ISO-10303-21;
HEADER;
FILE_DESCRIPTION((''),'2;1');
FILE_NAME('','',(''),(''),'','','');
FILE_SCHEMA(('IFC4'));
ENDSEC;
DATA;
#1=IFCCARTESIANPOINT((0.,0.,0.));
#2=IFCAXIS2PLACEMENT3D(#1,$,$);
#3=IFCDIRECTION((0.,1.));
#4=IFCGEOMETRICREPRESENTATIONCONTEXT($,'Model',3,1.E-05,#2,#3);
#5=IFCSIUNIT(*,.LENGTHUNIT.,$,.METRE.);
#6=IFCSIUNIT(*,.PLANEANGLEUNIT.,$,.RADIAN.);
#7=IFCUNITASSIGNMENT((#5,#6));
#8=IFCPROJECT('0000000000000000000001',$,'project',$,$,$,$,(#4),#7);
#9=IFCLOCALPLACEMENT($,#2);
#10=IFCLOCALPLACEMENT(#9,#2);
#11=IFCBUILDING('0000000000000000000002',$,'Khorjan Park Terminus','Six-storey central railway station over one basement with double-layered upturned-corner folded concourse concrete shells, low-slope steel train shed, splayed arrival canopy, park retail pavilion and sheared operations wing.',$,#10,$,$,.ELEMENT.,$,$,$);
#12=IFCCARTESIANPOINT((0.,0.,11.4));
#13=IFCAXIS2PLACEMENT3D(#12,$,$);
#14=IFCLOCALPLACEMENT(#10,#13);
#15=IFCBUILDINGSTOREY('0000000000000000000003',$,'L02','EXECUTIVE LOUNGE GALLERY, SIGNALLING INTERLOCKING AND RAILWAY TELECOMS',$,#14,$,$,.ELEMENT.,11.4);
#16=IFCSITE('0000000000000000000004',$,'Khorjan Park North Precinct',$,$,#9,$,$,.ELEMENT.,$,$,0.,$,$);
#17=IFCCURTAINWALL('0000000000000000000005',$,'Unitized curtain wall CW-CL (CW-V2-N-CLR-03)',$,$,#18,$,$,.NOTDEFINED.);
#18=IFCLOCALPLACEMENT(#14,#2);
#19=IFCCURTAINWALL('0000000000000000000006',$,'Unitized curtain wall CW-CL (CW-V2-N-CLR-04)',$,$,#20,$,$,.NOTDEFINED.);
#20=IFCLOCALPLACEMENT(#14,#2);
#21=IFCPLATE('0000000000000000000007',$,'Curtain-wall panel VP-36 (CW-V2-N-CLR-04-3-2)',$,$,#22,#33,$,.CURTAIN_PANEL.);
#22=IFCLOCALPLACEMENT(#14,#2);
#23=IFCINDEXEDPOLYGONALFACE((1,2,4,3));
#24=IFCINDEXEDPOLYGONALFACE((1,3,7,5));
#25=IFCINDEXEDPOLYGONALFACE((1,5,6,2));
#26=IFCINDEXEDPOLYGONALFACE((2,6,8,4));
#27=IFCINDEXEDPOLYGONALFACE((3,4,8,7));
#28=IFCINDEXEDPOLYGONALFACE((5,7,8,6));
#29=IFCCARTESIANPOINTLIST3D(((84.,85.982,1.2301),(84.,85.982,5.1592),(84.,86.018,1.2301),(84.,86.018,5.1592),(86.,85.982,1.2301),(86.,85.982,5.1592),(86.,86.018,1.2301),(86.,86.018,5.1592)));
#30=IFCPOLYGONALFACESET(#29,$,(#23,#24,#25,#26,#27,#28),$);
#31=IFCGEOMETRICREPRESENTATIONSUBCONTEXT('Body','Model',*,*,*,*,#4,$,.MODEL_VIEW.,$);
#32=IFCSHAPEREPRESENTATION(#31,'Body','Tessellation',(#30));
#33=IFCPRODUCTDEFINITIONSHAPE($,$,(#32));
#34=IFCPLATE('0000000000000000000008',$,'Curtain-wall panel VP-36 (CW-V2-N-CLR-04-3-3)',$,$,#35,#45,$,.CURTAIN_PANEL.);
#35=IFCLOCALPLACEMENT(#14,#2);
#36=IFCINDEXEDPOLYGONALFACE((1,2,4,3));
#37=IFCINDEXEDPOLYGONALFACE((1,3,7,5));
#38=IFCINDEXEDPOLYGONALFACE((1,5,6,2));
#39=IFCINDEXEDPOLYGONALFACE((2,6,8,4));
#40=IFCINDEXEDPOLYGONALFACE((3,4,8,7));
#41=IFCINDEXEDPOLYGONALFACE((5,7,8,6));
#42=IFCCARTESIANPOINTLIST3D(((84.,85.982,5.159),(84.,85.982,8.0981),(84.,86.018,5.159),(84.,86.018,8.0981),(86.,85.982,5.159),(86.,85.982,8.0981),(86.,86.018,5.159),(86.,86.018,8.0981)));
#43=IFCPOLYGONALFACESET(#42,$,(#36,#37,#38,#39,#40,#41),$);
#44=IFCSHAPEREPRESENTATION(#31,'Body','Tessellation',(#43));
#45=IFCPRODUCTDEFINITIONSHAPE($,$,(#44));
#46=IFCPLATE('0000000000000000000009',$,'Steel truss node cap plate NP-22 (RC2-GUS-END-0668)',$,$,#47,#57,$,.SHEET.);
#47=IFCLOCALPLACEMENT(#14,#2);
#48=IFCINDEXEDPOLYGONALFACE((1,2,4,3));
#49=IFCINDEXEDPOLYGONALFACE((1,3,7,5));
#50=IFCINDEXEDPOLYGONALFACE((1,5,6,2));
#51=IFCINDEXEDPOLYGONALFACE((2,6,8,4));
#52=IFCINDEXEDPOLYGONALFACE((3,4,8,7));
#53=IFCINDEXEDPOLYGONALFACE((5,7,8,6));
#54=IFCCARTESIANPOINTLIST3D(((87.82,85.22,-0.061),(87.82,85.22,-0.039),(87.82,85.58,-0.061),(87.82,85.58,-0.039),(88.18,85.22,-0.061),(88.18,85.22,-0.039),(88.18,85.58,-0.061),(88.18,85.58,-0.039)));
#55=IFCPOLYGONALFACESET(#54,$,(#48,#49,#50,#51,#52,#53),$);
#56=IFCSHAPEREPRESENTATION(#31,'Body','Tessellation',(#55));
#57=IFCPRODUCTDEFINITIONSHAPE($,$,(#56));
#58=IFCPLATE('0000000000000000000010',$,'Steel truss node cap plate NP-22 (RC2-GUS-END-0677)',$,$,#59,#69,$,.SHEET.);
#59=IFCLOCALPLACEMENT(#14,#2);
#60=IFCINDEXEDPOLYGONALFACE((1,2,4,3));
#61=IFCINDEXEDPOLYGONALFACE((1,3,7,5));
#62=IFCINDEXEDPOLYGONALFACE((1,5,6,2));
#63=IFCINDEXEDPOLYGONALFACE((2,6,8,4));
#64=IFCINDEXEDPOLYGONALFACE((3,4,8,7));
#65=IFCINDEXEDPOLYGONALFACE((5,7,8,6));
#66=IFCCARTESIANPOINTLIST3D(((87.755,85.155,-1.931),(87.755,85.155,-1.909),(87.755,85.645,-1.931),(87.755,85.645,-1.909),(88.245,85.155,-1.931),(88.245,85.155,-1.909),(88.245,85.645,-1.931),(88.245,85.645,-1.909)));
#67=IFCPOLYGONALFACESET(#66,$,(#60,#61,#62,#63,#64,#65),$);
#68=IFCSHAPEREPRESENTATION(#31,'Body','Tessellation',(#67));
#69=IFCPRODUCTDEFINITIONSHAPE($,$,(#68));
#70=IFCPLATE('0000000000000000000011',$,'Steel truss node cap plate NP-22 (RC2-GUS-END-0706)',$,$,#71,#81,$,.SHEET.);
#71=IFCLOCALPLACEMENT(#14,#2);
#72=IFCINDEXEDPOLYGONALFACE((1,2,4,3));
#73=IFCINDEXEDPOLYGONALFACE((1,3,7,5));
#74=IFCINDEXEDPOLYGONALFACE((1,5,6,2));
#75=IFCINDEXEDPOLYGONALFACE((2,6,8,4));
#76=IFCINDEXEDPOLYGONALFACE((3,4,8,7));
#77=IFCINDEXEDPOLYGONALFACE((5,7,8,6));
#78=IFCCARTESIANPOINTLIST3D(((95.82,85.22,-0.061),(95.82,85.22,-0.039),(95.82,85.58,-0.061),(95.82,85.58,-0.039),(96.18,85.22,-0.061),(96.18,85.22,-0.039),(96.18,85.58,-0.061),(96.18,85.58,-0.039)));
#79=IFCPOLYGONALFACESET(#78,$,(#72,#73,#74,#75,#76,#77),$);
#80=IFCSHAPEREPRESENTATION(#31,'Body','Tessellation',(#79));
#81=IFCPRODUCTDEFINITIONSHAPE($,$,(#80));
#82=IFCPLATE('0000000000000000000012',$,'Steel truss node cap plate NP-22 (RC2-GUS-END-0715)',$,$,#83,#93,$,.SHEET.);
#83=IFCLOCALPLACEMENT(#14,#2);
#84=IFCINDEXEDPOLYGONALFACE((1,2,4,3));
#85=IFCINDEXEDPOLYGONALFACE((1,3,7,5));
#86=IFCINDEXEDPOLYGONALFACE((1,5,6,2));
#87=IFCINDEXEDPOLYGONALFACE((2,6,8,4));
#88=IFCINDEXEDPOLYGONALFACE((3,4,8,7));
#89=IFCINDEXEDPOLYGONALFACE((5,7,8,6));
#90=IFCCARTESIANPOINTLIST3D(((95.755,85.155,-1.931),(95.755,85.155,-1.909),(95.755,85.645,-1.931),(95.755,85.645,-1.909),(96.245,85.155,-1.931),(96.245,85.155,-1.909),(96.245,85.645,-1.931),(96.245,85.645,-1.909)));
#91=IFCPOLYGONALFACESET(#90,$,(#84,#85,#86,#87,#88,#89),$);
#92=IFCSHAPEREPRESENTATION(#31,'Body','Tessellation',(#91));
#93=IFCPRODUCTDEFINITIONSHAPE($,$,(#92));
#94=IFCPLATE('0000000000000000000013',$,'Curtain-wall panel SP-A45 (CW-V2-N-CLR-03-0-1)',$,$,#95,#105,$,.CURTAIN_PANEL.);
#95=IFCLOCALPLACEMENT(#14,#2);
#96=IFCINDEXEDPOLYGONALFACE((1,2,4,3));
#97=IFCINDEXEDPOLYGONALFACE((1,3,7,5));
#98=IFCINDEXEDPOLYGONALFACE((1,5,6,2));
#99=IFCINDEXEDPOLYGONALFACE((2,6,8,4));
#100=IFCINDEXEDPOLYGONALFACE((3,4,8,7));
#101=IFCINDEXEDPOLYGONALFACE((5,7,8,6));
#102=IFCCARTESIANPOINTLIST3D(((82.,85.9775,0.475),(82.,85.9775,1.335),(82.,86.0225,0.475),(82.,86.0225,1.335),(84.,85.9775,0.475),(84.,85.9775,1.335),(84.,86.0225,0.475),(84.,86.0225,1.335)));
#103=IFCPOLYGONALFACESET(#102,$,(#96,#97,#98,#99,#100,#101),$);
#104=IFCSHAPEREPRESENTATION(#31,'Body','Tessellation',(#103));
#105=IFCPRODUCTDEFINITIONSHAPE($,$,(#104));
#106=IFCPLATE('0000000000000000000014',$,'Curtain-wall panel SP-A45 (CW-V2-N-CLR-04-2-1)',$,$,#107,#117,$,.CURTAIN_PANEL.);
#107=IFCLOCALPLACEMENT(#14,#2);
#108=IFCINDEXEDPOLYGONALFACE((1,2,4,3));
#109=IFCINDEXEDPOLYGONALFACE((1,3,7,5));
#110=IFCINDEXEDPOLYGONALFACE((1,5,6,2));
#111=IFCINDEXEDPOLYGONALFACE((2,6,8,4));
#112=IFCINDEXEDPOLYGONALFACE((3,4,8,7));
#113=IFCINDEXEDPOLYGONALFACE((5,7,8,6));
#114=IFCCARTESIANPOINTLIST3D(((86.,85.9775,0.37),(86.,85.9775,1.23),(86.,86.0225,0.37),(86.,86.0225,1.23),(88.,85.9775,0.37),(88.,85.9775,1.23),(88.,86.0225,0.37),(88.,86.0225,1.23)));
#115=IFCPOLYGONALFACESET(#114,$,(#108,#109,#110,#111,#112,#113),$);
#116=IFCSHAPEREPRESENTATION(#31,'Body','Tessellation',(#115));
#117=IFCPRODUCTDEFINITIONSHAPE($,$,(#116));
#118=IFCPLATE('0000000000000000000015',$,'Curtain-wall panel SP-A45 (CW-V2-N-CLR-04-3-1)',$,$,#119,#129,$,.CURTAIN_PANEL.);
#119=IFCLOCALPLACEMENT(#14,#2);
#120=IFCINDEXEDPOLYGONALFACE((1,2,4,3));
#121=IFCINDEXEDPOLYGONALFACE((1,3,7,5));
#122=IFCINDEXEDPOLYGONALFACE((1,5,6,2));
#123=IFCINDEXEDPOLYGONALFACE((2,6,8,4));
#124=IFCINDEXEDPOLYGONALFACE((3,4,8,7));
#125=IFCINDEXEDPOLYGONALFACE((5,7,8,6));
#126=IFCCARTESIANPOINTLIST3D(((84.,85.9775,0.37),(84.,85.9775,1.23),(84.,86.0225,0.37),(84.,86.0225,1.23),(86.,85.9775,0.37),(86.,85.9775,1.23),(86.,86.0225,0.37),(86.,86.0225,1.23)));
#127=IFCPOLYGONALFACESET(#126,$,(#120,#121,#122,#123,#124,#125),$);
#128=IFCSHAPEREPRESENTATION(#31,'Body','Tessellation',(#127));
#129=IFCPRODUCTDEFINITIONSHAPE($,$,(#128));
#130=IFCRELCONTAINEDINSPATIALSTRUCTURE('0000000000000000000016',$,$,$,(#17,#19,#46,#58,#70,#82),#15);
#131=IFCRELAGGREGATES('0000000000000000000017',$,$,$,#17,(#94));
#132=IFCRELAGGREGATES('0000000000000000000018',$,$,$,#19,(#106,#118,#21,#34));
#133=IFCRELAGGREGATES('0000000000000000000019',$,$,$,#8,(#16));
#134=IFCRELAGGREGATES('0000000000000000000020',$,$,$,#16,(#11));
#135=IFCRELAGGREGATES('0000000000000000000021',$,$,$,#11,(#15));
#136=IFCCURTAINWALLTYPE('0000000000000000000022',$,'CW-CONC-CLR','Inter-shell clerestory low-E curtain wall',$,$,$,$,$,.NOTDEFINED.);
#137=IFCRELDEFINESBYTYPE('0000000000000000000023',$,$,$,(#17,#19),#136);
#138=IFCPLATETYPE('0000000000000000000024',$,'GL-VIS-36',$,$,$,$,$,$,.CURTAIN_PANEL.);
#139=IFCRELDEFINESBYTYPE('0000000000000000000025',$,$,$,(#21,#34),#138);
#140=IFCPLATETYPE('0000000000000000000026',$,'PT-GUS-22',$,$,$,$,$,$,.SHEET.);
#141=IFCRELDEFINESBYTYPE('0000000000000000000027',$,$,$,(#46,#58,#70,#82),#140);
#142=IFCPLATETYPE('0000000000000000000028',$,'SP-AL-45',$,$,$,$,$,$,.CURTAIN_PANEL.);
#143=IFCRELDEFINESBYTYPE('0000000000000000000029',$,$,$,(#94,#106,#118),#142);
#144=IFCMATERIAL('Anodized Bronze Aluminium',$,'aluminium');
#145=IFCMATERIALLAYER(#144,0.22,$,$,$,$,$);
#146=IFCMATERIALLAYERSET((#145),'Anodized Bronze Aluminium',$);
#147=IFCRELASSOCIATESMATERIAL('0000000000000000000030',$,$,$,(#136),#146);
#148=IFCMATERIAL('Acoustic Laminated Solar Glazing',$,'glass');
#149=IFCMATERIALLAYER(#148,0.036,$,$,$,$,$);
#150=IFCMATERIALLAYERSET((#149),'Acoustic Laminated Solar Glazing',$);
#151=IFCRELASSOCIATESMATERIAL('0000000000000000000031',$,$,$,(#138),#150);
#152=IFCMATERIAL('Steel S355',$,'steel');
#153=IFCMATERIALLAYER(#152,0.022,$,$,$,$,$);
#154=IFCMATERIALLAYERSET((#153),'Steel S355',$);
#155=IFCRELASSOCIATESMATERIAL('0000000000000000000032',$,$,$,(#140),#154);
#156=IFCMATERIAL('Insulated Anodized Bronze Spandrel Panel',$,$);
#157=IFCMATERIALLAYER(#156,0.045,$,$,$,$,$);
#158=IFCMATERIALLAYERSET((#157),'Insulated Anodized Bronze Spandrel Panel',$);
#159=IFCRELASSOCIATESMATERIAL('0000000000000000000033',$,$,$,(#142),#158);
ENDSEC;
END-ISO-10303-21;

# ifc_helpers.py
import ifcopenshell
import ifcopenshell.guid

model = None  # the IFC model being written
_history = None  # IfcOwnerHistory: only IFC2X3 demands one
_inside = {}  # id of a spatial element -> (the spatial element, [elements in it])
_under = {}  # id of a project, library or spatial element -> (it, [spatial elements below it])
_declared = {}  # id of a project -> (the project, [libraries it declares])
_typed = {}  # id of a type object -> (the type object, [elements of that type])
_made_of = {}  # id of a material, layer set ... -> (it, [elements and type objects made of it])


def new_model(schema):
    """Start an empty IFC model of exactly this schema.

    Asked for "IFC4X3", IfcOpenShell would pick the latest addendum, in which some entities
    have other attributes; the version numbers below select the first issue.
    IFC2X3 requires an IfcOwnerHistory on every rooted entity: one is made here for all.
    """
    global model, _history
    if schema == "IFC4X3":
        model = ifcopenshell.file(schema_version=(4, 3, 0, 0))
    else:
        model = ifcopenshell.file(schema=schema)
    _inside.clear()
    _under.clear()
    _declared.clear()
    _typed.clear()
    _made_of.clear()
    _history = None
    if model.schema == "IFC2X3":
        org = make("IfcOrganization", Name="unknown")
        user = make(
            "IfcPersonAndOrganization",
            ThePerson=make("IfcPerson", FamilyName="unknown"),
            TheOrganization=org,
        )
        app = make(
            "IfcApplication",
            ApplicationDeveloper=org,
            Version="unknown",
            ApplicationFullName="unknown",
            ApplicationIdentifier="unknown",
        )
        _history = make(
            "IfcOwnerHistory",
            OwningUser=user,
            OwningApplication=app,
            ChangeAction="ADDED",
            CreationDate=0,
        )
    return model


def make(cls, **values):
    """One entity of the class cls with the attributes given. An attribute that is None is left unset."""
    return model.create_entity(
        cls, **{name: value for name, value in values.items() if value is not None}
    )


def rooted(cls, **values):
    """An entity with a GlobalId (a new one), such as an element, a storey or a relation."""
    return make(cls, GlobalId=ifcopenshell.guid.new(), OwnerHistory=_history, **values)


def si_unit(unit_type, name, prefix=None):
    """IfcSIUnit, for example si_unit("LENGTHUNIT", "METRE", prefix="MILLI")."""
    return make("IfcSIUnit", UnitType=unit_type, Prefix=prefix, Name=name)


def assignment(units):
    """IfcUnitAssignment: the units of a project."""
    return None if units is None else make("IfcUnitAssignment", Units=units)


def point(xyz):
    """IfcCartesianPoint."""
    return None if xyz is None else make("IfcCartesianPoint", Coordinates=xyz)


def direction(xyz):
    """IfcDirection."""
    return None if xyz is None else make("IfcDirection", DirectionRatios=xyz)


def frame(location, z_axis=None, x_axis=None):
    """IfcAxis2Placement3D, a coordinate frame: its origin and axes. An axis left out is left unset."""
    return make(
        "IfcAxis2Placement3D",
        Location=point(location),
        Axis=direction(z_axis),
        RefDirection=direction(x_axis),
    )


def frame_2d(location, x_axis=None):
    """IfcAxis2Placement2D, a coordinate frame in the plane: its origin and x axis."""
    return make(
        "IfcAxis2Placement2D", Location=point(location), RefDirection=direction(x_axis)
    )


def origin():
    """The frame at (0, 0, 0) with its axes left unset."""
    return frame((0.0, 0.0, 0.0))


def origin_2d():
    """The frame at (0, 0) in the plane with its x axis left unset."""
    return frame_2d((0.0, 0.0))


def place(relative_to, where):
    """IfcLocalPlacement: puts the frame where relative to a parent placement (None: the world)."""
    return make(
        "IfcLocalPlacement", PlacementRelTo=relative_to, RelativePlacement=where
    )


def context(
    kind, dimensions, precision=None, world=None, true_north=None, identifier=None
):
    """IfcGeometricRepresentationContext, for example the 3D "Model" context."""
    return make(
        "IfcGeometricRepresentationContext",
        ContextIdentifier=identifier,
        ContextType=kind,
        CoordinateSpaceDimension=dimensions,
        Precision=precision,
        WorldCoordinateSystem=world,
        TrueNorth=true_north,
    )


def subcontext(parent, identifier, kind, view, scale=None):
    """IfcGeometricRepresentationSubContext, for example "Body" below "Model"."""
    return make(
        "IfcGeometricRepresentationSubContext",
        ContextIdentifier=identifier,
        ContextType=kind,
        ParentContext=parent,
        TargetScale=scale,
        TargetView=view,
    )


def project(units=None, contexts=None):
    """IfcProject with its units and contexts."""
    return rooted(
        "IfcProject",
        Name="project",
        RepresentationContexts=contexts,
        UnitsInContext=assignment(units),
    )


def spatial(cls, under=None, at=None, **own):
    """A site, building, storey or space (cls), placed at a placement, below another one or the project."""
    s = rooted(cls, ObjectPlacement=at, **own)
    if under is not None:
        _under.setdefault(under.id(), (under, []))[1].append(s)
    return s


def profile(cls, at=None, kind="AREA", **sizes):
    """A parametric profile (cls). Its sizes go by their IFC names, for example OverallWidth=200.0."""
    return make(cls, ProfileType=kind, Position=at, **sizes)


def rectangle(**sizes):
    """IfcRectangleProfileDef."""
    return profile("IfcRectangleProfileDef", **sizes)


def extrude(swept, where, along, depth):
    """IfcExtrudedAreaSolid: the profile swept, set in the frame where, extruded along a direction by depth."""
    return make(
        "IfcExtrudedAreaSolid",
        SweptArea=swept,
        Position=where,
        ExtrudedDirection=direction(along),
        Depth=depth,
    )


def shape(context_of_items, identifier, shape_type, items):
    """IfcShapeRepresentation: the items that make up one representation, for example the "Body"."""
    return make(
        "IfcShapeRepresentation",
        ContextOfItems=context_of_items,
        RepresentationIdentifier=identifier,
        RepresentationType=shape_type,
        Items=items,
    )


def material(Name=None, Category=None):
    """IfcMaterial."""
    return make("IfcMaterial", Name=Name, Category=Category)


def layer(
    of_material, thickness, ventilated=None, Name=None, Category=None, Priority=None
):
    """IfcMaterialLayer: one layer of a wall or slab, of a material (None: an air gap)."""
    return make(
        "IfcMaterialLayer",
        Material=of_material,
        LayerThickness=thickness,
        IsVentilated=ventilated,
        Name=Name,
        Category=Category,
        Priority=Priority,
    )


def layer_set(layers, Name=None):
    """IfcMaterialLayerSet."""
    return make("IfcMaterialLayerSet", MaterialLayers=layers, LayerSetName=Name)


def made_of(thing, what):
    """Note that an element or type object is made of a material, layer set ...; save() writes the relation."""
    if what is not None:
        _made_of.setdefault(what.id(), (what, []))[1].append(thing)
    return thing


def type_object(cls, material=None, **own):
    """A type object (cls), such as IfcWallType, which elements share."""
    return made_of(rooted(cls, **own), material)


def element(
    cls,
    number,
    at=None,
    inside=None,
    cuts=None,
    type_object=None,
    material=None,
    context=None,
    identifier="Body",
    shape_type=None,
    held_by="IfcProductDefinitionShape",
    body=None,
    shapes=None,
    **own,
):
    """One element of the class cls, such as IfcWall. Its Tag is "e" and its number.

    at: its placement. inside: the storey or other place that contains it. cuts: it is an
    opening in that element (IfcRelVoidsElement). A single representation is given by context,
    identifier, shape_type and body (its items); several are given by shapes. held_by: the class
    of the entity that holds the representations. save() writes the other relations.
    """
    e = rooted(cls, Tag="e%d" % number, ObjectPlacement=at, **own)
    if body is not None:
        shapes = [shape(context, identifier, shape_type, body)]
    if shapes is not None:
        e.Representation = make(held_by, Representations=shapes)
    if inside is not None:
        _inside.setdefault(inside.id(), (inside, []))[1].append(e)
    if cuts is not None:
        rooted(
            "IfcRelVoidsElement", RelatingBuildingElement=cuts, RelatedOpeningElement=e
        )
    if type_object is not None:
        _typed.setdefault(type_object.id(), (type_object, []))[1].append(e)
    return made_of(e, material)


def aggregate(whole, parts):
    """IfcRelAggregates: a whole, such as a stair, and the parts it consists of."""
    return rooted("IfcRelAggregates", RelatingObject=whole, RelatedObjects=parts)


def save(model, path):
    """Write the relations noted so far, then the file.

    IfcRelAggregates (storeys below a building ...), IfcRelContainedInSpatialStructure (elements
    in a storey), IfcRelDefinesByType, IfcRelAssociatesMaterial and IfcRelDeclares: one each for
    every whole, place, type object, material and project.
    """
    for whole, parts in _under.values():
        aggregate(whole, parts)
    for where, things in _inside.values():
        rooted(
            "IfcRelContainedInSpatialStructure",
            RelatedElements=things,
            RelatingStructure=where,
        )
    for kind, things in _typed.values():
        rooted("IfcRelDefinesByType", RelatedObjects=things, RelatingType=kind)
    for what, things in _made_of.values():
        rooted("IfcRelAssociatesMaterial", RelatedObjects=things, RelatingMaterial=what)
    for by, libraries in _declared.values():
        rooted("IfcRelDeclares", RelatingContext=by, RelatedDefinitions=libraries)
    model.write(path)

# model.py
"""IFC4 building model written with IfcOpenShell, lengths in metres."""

from ifc_helpers import new_model, si_unit, direction, frame, origin, origin_2d, place, context, subcontext, project, spatial, rectangle, extrude, material, layer, layer_set, type_object, element, aggregate, save


model = new_model("IFC4")

# Units and contexts
model_context = context("Model", 3, precision=1e-05, world=origin(), true_north=direction((0.0, 1.0)))
body_context = subcontext(model_context, "Body", "Model", "MODEL_VIEW")
ifc_project = project(units=[si_unit("LENGTHUNIT", "METRE"), si_unit("PLANEANGLEUNIT", "RADIAN")], contexts=[model_context])

# Site, building, storey
site_placement = place(None, origin())
site = spatial("IfcSite", under=ifc_project, at=site_placement, Name="Khorjan Park North Precinct", CompositionType="ELEMENT", RefElevation=0.0)
building_placement = place(site_placement, origin())
building = spatial("IfcBuilding", under=site, at=building_placement, Name="Khorjan Park Terminus", Description="Six-storey central railway station over one basement with double-layered upturned-corner folded concourse concrete shells, low-slope steel train shed, splayed arrival canopy, park retail pavilion and sheared operations wing.", CompositionType="ELEMENT")
storey_placement = place(building_placement, frame((0.0, 0.0, 11.4)))
storey = spatial("IfcBuildingStorey", under=building, at=storey_placement, Name="L02", Description="EXECUTIVE LOUNGE GALLERY, SIGNALLING INTERLOCKING AND RAILWAY TELECOMS", CompositionType="ELEMENT", Elevation=11.4)

# Shared definitions
ifc_material_1 = material(Name="Steel S355", Category="steel")

# Curtain walls
ifc_material_2 = material(Name="Anodized Bronze Aluminium", Category="aluminium")
ifc_layer_1 = layer(ifc_material_2, 0.22)
ifc_layer_set_1 = layer_set([ifc_layer_1], Name="Anodized Bronze Aluminium")
curtain_wall_type = type_object("IfcCurtainWallType", Name="CW-CONC-CLR", Description="Inter-shell clerestory low-E curtain wall", PredefinedType="NOTDEFINED", material=ifc_layer_set_1)
curtain_wall_1_placement = place(storey_placement, origin())
curtain_wall_1 = element("IfcCurtainWall", 1, at=curtain_wall_1_placement, inside=storey, type_object=curtain_wall_type, Name="Unitized curtain wall CW-CL (CW-V2-N-CLR-03)", PredefinedType="NOTDEFINED")
curtain_wall_2_placement = place(storey_placement, origin())
curtain_wall_2 = element("IfcCurtainWall", 2, at=curtain_wall_2_placement, inside=storey, type_object=curtain_wall_type, Name="Unitized curtain wall CW-CL (CW-V2-N-CLR-04)", PredefinedType="NOTDEFINED")

# Plates
ifc_material_3 = material(Name="Acoustic Laminated Solar Glazing", Category="glass")
ifc_layer_2 = layer(ifc_material_3, 0.036)
ifc_layer_set_2 = layer_set([ifc_layer_2], Name="Acoustic Laminated Solar Glazing")
plate_type_1 = type_object("IfcPlateType", Name="GL-VIS-36", PredefinedType="CURTAIN_PANEL", material=ifc_layer_set_2)
plate_1_placement = place(storey_placement, frame((85.0, 86.0, 1.2301), z_axis=(0.0, 0.0, 1.0), x_axis=(-1.0, 0.0, 0.0)))
plate_1 = element("IfcPlate", 3, at=plate_1_placement, type_object=plate_type_1, Name="Curtain-wall panel VP-36 (CW-V2-N-CLR-04-3-2)", PredefinedType="CURTAIN_PANEL", context=body_context, shape_type="SweptSolid", body=[
    extrude(rectangle(XDim=2.0, YDim=0.036, at=origin_2d()), origin(), (0.0, 0.0, 1.0), 3.9291),
])
plate_2_placement = place(storey_placement, frame((85.0, 86.0, 5.159), z_axis=(0.0, 0.0, 1.0), x_axis=(-1.0, 0.0, 0.0)))
plate_2 = element("IfcPlate", 4, at=plate_2_placement, type_object=plate_type_1, Name="Curtain-wall panel VP-36 (CW-V2-N-CLR-04-3-3)", PredefinedType="CURTAIN_PANEL", context=body_context, shape_type="SweptSolid", body=[
    extrude(rectangle(XDim=2.0, YDim=0.036, at=origin_2d()), origin(), (0.0, 0.0, 1.0), 2.9391),
])

# Plates
ifc_layer_3 = layer(ifc_material_1, 0.022)
ifc_layer_set_3 = layer_set([ifc_layer_3], Name="Steel S355")
plate_type_2 = type_object("IfcPlateType", Name="PT-GUS-22", PredefinedType="SHEET", material=ifc_layer_set_3)
plate_3_placement = place(storey_placement, frame((88.0, 85.4, -0.061), z_axis=(0.0, 0.0, 1.0), x_axis=(1.0, 0.0, 0.0)))
element("IfcPlate", 5, at=plate_3_placement, inside=storey, type_object=plate_type_2, Name="Steel truss node cap plate NP-22 (RC2-GUS-END-0668)", PredefinedType="SHEET", context=body_context, shape_type="SweptSolid", body=[
    extrude(rectangle(XDim=0.36, YDim=0.36, at=origin_2d()), origin(), (0.0, 0.0, 1.0), 0.022),
])
plate_4_placement = place(storey_placement, frame((88.0, 85.4, -1.931), z_axis=(0.0, 0.0, 1.0), x_axis=(1.0, 0.0, 0.0)))
element("IfcPlate", 6, at=plate_4_placement, inside=storey, type_object=plate_type_2, Name="Steel truss node cap plate NP-22 (RC2-GUS-END-0677)", PredefinedType="SHEET", context=body_context, shape_type="SweptSolid", body=[
    extrude(rectangle(XDim=0.49, YDim=0.49, at=origin_2d()), origin(), (0.0, 0.0, 1.0), 0.022),
])
plate_5_placement = place(storey_placement, frame((96.0, 85.4, -0.061), z_axis=(0.0, 0.0, 1.0), x_axis=(1.0, 0.0, 0.0)))
element("IfcPlate", 7, at=plate_5_placement, inside=storey, type_object=plate_type_2, Name="Steel truss node cap plate NP-22 (RC2-GUS-END-0706)", PredefinedType="SHEET", context=body_context, shape_type="SweptSolid", body=[
    extrude(rectangle(XDim=0.36, YDim=0.36, at=origin_2d()), origin(), (0.0, 0.0, 1.0), 0.022),
])
plate_6_placement = place(storey_placement, frame((96.0, 85.4, -1.931), z_axis=(0.0, 0.0, 1.0), x_axis=(1.0, 0.0, 0.0)))
element("IfcPlate", 8, at=plate_6_placement, inside=storey, type_object=plate_type_2, Name="Steel truss node cap plate NP-22 (RC2-GUS-END-0715)", PredefinedType="SHEET", context=body_context, shape_type="SweptSolid", body=[
    extrude(rectangle(XDim=0.49, YDim=0.49, at=origin_2d()), origin(), (0.0, 0.0, 1.0), 0.022),
])

# Plates
ifc_material_4 = material(Name="Insulated Anodized Bronze Spandrel Panel")
ifc_layer_4 = layer(ifc_material_4, 0.045)
ifc_layer_set_4 = layer_set([ifc_layer_4], Name="Insulated Anodized Bronze Spandrel Panel")
plate_type_3 = type_object("IfcPlateType", Name="SP-AL-45", PredefinedType="CURTAIN_PANEL", material=ifc_layer_set_4)
plate_7_placement = place(storey_placement, frame((83.0, 86.0, 0.475), z_axis=(0.0, 0.0, 1.0), x_axis=(-1.0, 0.0, 0.0)))
plate_7 = element("IfcPlate", 9, at=plate_7_placement, type_object=plate_type_3, Name="Curtain-wall panel SP-A45 (CW-V2-N-CLR-03-0-1)", PredefinedType="CURTAIN_PANEL", context=body_context, shape_type="SweptSolid", body=[
    extrude(rectangle(XDim=2.0, YDim=0.045, at=origin_2d()), origin(), (0.0, 0.0, 1.0), 0.86),
])
aggregate(curtain_wall_1, [plate_7])
plate_8_placement = place(storey_placement, frame((87.0, 86.0, 0.37), z_axis=(0.0, 0.0, 1.0), x_axis=(-1.0, 0.0, 0.0)))
plate_8 = element("IfcPlate", 10, at=plate_8_placement, type_object=plate_type_3, Name="Curtain-wall panel SP-A45 (CW-V2-N-CLR-04-2-1)", PredefinedType="CURTAIN_PANEL", context=body_context, shape_type="SweptSolid", body=[
    extrude(rectangle(XDim=2.0, YDim=0.045, at=origin_2d()), origin(), (0.0, 0.0, 1.0), 0.86),
])
plate_9_placement = place(storey_placement, frame((85.0, 86.0, 0.37), z_axis=(0.0, 0.0, 1.0), x_axis=(-1.0, 0.0, 0.0)))
plate_9 = element("IfcPlate", 11, at=plate_9_placement, type_object=plate_type_3, Name="Curtain-wall panel SP-A45 (CW-V2-N-CLR-04-3-1)", PredefinedType="CURTAIN_PANEL", context=body_context, shape_type="SweptSolid", body=[
    extrude(rectangle(XDim=2.0, YDim=0.045, at=origin_2d()), origin(), (0.0, 0.0, 1.0), 0.86),
])
aggregate(curtain_wall_2, [plate_8, plate_9, plate_1, plate_2])

save(model, "model.ifc")
